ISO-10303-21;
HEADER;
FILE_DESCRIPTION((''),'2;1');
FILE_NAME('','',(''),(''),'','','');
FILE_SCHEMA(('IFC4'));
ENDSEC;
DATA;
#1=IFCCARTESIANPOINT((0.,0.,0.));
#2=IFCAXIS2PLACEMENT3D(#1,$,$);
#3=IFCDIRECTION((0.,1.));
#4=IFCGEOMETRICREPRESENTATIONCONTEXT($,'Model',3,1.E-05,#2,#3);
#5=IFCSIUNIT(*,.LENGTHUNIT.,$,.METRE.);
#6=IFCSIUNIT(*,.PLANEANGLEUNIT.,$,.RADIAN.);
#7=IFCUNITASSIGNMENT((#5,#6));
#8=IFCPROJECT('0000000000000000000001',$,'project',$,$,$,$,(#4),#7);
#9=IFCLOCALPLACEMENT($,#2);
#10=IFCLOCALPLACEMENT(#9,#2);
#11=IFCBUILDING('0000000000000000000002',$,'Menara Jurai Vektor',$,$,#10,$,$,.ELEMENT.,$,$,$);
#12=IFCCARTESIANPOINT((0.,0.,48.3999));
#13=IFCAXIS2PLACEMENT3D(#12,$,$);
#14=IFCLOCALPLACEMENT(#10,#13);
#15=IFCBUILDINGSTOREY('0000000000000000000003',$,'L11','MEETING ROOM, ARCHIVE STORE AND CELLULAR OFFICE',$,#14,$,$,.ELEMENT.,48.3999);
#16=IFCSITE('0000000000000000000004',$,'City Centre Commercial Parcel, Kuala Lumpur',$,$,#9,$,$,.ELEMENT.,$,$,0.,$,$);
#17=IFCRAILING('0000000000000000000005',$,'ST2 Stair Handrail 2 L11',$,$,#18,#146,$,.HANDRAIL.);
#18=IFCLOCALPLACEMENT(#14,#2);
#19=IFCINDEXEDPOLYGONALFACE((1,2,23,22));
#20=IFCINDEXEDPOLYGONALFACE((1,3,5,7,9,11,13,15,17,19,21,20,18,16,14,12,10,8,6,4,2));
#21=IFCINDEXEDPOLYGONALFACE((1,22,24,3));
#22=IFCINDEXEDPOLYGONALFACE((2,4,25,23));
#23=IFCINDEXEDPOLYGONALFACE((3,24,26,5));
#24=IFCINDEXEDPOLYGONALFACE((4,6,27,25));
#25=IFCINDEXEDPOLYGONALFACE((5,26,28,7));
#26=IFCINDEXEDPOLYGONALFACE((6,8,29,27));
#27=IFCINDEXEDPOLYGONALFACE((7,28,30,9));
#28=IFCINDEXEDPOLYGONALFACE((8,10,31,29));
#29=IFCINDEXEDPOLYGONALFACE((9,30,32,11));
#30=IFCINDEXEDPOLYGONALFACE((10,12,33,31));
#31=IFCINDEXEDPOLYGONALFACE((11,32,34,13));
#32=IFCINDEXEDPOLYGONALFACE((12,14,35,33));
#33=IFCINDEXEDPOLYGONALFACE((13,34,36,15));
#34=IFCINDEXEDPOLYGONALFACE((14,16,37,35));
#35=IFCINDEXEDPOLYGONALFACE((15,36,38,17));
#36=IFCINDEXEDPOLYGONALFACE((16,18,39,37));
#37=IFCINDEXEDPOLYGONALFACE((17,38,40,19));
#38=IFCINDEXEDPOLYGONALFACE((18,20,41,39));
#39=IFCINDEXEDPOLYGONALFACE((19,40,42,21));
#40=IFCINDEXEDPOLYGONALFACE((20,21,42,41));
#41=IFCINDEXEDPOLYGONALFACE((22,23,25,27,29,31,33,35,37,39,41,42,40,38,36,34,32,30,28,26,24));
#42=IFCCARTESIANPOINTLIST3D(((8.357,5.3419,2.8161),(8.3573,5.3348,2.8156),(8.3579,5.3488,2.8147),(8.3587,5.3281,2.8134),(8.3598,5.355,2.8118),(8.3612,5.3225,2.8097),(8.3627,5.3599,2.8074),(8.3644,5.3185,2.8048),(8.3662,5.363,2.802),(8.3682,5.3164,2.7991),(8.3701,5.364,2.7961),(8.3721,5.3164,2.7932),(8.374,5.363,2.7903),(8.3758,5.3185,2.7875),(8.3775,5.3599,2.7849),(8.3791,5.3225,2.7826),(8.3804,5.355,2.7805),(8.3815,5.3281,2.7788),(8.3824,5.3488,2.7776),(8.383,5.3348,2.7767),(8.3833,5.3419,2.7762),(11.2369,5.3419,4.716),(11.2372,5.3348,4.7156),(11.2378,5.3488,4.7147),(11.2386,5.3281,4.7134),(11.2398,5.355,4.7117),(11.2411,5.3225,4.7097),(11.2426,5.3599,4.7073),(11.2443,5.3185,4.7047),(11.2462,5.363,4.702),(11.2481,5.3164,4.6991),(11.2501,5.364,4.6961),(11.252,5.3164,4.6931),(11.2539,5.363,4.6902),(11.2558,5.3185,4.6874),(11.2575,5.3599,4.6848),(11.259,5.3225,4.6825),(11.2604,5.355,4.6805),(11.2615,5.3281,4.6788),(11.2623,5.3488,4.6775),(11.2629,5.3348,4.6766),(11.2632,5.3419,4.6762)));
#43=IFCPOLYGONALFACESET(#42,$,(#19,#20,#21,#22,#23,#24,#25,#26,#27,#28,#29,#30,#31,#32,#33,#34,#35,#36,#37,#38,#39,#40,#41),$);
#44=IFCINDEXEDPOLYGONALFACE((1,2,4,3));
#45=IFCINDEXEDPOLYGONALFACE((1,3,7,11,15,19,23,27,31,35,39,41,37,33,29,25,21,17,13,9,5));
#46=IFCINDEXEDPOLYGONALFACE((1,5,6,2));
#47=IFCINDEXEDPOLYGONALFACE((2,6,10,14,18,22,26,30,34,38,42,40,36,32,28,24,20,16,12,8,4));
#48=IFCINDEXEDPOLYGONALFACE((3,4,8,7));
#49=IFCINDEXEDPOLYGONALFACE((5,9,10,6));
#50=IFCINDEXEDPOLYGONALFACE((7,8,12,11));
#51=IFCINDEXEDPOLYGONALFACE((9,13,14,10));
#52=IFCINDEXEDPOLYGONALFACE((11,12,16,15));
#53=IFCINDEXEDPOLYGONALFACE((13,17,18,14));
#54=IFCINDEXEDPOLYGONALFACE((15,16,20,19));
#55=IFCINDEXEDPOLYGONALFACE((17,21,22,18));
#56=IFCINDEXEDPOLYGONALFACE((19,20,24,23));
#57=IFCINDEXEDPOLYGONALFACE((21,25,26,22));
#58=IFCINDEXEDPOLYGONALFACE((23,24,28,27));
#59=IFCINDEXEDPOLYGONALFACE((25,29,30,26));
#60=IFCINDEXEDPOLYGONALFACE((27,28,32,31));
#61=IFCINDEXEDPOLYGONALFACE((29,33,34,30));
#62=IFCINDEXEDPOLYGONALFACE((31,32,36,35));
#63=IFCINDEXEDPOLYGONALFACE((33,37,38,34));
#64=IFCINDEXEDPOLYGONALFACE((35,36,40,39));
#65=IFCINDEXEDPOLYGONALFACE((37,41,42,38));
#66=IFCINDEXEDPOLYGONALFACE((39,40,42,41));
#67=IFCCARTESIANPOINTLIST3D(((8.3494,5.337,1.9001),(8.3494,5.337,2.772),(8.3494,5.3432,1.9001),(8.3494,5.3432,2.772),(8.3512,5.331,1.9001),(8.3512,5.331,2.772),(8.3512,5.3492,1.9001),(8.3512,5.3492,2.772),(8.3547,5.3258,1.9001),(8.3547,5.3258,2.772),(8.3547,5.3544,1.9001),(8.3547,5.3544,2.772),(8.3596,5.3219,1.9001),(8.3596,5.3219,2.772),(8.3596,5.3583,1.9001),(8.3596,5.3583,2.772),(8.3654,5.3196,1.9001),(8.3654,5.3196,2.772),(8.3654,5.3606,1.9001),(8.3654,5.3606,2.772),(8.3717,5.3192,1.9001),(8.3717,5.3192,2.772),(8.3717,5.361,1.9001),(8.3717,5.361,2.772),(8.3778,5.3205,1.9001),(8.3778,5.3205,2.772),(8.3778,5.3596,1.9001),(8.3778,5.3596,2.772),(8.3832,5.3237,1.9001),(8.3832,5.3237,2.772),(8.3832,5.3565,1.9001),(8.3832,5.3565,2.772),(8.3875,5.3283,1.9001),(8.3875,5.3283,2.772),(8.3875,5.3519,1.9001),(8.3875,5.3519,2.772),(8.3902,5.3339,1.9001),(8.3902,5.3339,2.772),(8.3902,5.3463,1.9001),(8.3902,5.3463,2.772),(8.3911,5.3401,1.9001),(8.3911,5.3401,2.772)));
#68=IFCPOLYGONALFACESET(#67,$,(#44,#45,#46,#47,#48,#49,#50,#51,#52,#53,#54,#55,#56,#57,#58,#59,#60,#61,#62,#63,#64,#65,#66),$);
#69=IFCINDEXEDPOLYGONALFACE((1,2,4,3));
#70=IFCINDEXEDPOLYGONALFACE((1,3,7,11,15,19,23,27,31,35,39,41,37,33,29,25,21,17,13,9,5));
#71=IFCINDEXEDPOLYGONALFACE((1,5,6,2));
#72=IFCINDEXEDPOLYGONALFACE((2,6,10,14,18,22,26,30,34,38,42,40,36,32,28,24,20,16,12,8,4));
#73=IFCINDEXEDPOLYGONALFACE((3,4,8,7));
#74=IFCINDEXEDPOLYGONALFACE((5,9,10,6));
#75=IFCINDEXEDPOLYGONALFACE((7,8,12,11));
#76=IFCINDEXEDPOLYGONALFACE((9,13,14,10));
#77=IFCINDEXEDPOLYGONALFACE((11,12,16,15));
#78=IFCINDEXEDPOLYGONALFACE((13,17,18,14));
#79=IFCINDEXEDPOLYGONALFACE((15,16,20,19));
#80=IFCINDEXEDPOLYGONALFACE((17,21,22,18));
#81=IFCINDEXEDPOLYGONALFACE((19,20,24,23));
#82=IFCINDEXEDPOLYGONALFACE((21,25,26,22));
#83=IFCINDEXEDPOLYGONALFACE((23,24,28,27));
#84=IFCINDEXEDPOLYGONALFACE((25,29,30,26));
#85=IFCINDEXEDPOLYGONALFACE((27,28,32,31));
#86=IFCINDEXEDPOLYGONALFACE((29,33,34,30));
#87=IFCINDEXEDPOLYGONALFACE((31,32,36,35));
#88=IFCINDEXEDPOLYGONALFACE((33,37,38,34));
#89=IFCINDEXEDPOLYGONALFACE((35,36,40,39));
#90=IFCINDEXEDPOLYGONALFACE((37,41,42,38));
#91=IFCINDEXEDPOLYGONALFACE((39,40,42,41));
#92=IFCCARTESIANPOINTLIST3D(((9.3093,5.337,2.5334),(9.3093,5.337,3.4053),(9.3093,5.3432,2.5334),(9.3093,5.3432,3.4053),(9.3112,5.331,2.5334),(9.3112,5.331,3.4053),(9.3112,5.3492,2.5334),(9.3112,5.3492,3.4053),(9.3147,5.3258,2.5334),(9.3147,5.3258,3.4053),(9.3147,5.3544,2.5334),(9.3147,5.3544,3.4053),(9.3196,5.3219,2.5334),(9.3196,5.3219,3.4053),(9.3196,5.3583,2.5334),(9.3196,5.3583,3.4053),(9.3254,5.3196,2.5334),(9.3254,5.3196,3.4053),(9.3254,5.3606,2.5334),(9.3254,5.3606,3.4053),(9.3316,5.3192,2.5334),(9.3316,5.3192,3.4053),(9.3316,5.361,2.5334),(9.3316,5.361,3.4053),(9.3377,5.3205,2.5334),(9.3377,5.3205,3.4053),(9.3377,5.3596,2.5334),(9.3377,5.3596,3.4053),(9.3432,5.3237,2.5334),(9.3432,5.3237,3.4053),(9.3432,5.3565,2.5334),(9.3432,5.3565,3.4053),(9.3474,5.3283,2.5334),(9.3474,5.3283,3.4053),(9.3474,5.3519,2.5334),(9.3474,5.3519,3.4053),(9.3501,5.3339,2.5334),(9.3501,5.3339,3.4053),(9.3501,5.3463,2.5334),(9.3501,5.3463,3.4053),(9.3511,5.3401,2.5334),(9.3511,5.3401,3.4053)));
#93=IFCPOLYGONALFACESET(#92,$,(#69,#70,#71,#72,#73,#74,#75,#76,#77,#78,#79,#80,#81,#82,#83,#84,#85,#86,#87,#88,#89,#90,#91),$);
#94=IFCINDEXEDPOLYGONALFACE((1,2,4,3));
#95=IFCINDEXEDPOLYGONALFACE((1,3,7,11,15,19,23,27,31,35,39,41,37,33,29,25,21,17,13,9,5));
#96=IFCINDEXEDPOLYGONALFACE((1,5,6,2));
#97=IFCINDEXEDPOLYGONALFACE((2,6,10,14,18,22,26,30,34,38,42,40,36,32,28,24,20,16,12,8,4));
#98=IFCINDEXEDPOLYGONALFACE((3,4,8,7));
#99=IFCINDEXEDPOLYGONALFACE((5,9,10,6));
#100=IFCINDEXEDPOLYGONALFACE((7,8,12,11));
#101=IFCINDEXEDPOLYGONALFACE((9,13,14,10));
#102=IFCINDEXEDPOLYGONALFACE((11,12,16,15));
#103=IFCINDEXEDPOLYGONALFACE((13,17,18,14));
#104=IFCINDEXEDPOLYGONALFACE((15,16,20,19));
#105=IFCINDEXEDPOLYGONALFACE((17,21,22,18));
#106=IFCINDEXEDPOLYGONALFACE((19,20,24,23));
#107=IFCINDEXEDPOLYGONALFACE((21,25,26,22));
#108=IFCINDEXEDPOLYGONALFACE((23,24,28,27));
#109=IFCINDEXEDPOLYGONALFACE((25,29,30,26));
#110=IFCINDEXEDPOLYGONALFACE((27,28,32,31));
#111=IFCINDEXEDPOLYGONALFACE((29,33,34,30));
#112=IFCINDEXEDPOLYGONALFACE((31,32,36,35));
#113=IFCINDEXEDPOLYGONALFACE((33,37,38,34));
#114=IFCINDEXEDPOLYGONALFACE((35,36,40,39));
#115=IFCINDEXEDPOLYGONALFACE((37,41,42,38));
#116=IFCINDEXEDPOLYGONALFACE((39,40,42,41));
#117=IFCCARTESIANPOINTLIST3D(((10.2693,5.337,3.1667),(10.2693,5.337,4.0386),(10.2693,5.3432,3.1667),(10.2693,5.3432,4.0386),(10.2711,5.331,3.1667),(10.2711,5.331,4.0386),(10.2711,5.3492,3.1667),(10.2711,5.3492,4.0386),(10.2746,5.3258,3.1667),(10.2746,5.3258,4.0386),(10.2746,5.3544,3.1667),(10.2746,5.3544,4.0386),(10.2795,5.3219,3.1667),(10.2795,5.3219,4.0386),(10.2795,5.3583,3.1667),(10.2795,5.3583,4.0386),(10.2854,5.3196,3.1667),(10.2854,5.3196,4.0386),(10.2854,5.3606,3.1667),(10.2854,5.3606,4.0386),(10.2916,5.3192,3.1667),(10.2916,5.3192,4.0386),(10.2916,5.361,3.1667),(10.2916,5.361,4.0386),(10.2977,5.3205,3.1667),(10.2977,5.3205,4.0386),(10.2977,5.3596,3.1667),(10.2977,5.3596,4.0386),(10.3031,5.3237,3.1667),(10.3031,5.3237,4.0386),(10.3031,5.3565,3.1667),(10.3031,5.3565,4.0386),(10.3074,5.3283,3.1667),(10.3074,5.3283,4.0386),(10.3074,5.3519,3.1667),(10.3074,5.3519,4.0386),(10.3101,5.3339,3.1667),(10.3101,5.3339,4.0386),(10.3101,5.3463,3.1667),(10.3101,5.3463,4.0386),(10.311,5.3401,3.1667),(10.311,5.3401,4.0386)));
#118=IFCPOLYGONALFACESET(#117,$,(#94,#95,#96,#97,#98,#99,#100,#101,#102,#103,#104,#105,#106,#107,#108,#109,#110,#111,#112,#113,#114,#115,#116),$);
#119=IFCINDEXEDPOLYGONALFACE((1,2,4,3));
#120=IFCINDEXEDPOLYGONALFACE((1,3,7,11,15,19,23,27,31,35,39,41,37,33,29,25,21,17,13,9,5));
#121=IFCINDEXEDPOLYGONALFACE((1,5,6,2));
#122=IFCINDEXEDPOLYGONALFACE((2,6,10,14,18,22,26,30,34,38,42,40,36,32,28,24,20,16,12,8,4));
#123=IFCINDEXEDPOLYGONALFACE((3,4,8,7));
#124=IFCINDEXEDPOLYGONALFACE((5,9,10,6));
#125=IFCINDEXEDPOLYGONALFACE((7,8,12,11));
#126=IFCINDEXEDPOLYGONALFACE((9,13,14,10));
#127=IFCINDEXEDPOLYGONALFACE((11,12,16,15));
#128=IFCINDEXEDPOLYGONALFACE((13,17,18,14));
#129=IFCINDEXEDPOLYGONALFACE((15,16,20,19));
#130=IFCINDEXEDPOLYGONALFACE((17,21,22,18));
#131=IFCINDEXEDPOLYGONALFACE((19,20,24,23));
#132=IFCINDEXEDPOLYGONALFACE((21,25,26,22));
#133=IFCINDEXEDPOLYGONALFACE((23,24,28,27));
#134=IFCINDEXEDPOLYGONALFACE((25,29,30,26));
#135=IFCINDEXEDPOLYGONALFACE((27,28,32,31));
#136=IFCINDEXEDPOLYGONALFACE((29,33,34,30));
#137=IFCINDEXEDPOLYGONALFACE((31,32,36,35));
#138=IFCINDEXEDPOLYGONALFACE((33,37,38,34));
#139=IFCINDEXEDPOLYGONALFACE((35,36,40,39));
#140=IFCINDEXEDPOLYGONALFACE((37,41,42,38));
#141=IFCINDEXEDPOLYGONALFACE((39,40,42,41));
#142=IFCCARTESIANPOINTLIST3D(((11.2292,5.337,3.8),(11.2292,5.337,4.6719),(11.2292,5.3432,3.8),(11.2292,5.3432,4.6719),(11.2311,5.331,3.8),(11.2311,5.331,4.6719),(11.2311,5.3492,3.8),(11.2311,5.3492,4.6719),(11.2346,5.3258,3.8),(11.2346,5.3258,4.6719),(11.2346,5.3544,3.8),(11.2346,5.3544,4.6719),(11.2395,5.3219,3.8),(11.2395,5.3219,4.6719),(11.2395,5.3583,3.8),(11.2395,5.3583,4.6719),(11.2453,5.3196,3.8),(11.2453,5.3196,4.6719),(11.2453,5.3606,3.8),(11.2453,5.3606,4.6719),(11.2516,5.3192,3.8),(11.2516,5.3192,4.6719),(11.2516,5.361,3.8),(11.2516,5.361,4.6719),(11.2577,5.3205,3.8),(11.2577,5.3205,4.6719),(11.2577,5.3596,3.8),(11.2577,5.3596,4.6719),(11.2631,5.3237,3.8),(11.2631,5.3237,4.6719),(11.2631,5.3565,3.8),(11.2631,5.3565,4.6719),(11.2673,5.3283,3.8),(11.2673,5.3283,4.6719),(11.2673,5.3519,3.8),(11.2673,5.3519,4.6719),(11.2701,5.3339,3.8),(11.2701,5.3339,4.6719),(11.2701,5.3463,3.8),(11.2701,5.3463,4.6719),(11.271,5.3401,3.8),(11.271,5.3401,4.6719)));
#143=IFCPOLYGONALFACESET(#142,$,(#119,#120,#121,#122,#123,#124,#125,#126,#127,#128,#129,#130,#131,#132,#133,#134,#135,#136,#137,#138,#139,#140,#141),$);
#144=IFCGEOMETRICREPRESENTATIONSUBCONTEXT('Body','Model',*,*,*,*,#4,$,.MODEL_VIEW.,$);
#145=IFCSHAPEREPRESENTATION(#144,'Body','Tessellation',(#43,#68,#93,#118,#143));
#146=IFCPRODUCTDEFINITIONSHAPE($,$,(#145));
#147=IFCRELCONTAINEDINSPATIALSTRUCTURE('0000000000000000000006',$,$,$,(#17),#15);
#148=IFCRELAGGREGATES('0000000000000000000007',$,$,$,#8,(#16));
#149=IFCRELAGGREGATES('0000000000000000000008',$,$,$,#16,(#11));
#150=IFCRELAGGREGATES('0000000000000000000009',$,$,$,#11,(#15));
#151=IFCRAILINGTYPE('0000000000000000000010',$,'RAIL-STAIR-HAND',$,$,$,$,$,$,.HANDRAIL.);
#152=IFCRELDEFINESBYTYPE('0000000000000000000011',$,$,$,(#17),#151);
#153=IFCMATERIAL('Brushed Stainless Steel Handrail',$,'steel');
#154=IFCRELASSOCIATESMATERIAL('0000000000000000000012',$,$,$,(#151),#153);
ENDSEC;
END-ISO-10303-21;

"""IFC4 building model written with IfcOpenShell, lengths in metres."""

from ifc_helpers import new_model, si_unit, direction, frame, origin, origin_2d, place, context, subcontext, project, spatial, circle, extrude, material, type_object, element, save


model = new_model("IFC4")

# Units and contexts
model_context = context("Model", 3, precision=1e-05, world=origin(), true_north=direction((0.0, 1.0)))
body_context = subcontext(model_context, "Body", "Model", "MODEL_VIEW")
ifc_project = project(units=[si_unit("LENGTHUNIT", "METRE"), si_unit("PLANEANGLEUNIT", "RADIAN")], contexts=[model_context])

# Site, building, storey
site_placement = place(None, origin())
site = spatial("IfcSite", under=ifc_project, at=site_placement, Name="City Centre Commercial Parcel, Kuala Lumpur", CompositionType="ELEMENT", RefElevation=0.0)
building_placement = place(site_placement, origin())
building = spatial("IfcBuilding", under=site, at=building_placement, Name="Menara Jurai Vektor", CompositionType="ELEMENT")
storey_placement = place(building_placement, frame((0.0, 0.0, 48.3999)))
storey = spatial("IfcBuildingStorey", under=building, at=storey_placement, Name="L11", Description="MEETING ROOM, ARCHIVE STORE AND CELLULAR OFFICE", CompositionType="ELEMENT", Elevation=48.3999)

# Railing
ifc_material_1 = material(Name="Brushed Stainless Steel Handrail", Category="steel")
railing_type_1 = type_object("IfcRailingType", Name="RAIL-STAIR-HAND", PredefinedType="HANDRAIL", material=ifc_material_1)
railing_1_placement = place(storey_placement, frame((8.3701, 5.3401, 1.9001)))
element("IfcRailing", 1, at=railing_1_placement, inside=storey, type_object=railing_type_1, Name="ST2 Stair Handrail 2 L11", PredefinedType="HANDRAIL", context=body_context, shape_type="SweptSolid", body=[
    extrude(circle(Radius=0.0239, at=origin_2d()), frame((0.0, 0.0, 0.896), z_axis=(0.834719, 0.0, 0.550677), x_axis=(0.0, 1.0, 0.0)), (0.0, 0.0, 1.0), 3.4502),
    extrude(circle(Radius=0.021, at=origin_2d()), origin(), (0.0, 0.0, 1.0), 0.8718),
    extrude(circle(Radius=0.021, at=origin_2d()), frame((0.96, 0.0, 0.6333)), (0.0, 0.0, 1.0), 0.8718),
    extrude(circle(Radius=0.021, at=origin_2d()), frame((1.9199, 0.0, 1.2666)), (0.0, 0.0, 1.0), 0.8718),
    extrude(circle(Radius=0.021, at=origin_2d()), frame((2.8799, 0.0, 1.8999)), (0.0, 0.0, 1.0), 0.8718),
])

save(model, "model.ifc")
